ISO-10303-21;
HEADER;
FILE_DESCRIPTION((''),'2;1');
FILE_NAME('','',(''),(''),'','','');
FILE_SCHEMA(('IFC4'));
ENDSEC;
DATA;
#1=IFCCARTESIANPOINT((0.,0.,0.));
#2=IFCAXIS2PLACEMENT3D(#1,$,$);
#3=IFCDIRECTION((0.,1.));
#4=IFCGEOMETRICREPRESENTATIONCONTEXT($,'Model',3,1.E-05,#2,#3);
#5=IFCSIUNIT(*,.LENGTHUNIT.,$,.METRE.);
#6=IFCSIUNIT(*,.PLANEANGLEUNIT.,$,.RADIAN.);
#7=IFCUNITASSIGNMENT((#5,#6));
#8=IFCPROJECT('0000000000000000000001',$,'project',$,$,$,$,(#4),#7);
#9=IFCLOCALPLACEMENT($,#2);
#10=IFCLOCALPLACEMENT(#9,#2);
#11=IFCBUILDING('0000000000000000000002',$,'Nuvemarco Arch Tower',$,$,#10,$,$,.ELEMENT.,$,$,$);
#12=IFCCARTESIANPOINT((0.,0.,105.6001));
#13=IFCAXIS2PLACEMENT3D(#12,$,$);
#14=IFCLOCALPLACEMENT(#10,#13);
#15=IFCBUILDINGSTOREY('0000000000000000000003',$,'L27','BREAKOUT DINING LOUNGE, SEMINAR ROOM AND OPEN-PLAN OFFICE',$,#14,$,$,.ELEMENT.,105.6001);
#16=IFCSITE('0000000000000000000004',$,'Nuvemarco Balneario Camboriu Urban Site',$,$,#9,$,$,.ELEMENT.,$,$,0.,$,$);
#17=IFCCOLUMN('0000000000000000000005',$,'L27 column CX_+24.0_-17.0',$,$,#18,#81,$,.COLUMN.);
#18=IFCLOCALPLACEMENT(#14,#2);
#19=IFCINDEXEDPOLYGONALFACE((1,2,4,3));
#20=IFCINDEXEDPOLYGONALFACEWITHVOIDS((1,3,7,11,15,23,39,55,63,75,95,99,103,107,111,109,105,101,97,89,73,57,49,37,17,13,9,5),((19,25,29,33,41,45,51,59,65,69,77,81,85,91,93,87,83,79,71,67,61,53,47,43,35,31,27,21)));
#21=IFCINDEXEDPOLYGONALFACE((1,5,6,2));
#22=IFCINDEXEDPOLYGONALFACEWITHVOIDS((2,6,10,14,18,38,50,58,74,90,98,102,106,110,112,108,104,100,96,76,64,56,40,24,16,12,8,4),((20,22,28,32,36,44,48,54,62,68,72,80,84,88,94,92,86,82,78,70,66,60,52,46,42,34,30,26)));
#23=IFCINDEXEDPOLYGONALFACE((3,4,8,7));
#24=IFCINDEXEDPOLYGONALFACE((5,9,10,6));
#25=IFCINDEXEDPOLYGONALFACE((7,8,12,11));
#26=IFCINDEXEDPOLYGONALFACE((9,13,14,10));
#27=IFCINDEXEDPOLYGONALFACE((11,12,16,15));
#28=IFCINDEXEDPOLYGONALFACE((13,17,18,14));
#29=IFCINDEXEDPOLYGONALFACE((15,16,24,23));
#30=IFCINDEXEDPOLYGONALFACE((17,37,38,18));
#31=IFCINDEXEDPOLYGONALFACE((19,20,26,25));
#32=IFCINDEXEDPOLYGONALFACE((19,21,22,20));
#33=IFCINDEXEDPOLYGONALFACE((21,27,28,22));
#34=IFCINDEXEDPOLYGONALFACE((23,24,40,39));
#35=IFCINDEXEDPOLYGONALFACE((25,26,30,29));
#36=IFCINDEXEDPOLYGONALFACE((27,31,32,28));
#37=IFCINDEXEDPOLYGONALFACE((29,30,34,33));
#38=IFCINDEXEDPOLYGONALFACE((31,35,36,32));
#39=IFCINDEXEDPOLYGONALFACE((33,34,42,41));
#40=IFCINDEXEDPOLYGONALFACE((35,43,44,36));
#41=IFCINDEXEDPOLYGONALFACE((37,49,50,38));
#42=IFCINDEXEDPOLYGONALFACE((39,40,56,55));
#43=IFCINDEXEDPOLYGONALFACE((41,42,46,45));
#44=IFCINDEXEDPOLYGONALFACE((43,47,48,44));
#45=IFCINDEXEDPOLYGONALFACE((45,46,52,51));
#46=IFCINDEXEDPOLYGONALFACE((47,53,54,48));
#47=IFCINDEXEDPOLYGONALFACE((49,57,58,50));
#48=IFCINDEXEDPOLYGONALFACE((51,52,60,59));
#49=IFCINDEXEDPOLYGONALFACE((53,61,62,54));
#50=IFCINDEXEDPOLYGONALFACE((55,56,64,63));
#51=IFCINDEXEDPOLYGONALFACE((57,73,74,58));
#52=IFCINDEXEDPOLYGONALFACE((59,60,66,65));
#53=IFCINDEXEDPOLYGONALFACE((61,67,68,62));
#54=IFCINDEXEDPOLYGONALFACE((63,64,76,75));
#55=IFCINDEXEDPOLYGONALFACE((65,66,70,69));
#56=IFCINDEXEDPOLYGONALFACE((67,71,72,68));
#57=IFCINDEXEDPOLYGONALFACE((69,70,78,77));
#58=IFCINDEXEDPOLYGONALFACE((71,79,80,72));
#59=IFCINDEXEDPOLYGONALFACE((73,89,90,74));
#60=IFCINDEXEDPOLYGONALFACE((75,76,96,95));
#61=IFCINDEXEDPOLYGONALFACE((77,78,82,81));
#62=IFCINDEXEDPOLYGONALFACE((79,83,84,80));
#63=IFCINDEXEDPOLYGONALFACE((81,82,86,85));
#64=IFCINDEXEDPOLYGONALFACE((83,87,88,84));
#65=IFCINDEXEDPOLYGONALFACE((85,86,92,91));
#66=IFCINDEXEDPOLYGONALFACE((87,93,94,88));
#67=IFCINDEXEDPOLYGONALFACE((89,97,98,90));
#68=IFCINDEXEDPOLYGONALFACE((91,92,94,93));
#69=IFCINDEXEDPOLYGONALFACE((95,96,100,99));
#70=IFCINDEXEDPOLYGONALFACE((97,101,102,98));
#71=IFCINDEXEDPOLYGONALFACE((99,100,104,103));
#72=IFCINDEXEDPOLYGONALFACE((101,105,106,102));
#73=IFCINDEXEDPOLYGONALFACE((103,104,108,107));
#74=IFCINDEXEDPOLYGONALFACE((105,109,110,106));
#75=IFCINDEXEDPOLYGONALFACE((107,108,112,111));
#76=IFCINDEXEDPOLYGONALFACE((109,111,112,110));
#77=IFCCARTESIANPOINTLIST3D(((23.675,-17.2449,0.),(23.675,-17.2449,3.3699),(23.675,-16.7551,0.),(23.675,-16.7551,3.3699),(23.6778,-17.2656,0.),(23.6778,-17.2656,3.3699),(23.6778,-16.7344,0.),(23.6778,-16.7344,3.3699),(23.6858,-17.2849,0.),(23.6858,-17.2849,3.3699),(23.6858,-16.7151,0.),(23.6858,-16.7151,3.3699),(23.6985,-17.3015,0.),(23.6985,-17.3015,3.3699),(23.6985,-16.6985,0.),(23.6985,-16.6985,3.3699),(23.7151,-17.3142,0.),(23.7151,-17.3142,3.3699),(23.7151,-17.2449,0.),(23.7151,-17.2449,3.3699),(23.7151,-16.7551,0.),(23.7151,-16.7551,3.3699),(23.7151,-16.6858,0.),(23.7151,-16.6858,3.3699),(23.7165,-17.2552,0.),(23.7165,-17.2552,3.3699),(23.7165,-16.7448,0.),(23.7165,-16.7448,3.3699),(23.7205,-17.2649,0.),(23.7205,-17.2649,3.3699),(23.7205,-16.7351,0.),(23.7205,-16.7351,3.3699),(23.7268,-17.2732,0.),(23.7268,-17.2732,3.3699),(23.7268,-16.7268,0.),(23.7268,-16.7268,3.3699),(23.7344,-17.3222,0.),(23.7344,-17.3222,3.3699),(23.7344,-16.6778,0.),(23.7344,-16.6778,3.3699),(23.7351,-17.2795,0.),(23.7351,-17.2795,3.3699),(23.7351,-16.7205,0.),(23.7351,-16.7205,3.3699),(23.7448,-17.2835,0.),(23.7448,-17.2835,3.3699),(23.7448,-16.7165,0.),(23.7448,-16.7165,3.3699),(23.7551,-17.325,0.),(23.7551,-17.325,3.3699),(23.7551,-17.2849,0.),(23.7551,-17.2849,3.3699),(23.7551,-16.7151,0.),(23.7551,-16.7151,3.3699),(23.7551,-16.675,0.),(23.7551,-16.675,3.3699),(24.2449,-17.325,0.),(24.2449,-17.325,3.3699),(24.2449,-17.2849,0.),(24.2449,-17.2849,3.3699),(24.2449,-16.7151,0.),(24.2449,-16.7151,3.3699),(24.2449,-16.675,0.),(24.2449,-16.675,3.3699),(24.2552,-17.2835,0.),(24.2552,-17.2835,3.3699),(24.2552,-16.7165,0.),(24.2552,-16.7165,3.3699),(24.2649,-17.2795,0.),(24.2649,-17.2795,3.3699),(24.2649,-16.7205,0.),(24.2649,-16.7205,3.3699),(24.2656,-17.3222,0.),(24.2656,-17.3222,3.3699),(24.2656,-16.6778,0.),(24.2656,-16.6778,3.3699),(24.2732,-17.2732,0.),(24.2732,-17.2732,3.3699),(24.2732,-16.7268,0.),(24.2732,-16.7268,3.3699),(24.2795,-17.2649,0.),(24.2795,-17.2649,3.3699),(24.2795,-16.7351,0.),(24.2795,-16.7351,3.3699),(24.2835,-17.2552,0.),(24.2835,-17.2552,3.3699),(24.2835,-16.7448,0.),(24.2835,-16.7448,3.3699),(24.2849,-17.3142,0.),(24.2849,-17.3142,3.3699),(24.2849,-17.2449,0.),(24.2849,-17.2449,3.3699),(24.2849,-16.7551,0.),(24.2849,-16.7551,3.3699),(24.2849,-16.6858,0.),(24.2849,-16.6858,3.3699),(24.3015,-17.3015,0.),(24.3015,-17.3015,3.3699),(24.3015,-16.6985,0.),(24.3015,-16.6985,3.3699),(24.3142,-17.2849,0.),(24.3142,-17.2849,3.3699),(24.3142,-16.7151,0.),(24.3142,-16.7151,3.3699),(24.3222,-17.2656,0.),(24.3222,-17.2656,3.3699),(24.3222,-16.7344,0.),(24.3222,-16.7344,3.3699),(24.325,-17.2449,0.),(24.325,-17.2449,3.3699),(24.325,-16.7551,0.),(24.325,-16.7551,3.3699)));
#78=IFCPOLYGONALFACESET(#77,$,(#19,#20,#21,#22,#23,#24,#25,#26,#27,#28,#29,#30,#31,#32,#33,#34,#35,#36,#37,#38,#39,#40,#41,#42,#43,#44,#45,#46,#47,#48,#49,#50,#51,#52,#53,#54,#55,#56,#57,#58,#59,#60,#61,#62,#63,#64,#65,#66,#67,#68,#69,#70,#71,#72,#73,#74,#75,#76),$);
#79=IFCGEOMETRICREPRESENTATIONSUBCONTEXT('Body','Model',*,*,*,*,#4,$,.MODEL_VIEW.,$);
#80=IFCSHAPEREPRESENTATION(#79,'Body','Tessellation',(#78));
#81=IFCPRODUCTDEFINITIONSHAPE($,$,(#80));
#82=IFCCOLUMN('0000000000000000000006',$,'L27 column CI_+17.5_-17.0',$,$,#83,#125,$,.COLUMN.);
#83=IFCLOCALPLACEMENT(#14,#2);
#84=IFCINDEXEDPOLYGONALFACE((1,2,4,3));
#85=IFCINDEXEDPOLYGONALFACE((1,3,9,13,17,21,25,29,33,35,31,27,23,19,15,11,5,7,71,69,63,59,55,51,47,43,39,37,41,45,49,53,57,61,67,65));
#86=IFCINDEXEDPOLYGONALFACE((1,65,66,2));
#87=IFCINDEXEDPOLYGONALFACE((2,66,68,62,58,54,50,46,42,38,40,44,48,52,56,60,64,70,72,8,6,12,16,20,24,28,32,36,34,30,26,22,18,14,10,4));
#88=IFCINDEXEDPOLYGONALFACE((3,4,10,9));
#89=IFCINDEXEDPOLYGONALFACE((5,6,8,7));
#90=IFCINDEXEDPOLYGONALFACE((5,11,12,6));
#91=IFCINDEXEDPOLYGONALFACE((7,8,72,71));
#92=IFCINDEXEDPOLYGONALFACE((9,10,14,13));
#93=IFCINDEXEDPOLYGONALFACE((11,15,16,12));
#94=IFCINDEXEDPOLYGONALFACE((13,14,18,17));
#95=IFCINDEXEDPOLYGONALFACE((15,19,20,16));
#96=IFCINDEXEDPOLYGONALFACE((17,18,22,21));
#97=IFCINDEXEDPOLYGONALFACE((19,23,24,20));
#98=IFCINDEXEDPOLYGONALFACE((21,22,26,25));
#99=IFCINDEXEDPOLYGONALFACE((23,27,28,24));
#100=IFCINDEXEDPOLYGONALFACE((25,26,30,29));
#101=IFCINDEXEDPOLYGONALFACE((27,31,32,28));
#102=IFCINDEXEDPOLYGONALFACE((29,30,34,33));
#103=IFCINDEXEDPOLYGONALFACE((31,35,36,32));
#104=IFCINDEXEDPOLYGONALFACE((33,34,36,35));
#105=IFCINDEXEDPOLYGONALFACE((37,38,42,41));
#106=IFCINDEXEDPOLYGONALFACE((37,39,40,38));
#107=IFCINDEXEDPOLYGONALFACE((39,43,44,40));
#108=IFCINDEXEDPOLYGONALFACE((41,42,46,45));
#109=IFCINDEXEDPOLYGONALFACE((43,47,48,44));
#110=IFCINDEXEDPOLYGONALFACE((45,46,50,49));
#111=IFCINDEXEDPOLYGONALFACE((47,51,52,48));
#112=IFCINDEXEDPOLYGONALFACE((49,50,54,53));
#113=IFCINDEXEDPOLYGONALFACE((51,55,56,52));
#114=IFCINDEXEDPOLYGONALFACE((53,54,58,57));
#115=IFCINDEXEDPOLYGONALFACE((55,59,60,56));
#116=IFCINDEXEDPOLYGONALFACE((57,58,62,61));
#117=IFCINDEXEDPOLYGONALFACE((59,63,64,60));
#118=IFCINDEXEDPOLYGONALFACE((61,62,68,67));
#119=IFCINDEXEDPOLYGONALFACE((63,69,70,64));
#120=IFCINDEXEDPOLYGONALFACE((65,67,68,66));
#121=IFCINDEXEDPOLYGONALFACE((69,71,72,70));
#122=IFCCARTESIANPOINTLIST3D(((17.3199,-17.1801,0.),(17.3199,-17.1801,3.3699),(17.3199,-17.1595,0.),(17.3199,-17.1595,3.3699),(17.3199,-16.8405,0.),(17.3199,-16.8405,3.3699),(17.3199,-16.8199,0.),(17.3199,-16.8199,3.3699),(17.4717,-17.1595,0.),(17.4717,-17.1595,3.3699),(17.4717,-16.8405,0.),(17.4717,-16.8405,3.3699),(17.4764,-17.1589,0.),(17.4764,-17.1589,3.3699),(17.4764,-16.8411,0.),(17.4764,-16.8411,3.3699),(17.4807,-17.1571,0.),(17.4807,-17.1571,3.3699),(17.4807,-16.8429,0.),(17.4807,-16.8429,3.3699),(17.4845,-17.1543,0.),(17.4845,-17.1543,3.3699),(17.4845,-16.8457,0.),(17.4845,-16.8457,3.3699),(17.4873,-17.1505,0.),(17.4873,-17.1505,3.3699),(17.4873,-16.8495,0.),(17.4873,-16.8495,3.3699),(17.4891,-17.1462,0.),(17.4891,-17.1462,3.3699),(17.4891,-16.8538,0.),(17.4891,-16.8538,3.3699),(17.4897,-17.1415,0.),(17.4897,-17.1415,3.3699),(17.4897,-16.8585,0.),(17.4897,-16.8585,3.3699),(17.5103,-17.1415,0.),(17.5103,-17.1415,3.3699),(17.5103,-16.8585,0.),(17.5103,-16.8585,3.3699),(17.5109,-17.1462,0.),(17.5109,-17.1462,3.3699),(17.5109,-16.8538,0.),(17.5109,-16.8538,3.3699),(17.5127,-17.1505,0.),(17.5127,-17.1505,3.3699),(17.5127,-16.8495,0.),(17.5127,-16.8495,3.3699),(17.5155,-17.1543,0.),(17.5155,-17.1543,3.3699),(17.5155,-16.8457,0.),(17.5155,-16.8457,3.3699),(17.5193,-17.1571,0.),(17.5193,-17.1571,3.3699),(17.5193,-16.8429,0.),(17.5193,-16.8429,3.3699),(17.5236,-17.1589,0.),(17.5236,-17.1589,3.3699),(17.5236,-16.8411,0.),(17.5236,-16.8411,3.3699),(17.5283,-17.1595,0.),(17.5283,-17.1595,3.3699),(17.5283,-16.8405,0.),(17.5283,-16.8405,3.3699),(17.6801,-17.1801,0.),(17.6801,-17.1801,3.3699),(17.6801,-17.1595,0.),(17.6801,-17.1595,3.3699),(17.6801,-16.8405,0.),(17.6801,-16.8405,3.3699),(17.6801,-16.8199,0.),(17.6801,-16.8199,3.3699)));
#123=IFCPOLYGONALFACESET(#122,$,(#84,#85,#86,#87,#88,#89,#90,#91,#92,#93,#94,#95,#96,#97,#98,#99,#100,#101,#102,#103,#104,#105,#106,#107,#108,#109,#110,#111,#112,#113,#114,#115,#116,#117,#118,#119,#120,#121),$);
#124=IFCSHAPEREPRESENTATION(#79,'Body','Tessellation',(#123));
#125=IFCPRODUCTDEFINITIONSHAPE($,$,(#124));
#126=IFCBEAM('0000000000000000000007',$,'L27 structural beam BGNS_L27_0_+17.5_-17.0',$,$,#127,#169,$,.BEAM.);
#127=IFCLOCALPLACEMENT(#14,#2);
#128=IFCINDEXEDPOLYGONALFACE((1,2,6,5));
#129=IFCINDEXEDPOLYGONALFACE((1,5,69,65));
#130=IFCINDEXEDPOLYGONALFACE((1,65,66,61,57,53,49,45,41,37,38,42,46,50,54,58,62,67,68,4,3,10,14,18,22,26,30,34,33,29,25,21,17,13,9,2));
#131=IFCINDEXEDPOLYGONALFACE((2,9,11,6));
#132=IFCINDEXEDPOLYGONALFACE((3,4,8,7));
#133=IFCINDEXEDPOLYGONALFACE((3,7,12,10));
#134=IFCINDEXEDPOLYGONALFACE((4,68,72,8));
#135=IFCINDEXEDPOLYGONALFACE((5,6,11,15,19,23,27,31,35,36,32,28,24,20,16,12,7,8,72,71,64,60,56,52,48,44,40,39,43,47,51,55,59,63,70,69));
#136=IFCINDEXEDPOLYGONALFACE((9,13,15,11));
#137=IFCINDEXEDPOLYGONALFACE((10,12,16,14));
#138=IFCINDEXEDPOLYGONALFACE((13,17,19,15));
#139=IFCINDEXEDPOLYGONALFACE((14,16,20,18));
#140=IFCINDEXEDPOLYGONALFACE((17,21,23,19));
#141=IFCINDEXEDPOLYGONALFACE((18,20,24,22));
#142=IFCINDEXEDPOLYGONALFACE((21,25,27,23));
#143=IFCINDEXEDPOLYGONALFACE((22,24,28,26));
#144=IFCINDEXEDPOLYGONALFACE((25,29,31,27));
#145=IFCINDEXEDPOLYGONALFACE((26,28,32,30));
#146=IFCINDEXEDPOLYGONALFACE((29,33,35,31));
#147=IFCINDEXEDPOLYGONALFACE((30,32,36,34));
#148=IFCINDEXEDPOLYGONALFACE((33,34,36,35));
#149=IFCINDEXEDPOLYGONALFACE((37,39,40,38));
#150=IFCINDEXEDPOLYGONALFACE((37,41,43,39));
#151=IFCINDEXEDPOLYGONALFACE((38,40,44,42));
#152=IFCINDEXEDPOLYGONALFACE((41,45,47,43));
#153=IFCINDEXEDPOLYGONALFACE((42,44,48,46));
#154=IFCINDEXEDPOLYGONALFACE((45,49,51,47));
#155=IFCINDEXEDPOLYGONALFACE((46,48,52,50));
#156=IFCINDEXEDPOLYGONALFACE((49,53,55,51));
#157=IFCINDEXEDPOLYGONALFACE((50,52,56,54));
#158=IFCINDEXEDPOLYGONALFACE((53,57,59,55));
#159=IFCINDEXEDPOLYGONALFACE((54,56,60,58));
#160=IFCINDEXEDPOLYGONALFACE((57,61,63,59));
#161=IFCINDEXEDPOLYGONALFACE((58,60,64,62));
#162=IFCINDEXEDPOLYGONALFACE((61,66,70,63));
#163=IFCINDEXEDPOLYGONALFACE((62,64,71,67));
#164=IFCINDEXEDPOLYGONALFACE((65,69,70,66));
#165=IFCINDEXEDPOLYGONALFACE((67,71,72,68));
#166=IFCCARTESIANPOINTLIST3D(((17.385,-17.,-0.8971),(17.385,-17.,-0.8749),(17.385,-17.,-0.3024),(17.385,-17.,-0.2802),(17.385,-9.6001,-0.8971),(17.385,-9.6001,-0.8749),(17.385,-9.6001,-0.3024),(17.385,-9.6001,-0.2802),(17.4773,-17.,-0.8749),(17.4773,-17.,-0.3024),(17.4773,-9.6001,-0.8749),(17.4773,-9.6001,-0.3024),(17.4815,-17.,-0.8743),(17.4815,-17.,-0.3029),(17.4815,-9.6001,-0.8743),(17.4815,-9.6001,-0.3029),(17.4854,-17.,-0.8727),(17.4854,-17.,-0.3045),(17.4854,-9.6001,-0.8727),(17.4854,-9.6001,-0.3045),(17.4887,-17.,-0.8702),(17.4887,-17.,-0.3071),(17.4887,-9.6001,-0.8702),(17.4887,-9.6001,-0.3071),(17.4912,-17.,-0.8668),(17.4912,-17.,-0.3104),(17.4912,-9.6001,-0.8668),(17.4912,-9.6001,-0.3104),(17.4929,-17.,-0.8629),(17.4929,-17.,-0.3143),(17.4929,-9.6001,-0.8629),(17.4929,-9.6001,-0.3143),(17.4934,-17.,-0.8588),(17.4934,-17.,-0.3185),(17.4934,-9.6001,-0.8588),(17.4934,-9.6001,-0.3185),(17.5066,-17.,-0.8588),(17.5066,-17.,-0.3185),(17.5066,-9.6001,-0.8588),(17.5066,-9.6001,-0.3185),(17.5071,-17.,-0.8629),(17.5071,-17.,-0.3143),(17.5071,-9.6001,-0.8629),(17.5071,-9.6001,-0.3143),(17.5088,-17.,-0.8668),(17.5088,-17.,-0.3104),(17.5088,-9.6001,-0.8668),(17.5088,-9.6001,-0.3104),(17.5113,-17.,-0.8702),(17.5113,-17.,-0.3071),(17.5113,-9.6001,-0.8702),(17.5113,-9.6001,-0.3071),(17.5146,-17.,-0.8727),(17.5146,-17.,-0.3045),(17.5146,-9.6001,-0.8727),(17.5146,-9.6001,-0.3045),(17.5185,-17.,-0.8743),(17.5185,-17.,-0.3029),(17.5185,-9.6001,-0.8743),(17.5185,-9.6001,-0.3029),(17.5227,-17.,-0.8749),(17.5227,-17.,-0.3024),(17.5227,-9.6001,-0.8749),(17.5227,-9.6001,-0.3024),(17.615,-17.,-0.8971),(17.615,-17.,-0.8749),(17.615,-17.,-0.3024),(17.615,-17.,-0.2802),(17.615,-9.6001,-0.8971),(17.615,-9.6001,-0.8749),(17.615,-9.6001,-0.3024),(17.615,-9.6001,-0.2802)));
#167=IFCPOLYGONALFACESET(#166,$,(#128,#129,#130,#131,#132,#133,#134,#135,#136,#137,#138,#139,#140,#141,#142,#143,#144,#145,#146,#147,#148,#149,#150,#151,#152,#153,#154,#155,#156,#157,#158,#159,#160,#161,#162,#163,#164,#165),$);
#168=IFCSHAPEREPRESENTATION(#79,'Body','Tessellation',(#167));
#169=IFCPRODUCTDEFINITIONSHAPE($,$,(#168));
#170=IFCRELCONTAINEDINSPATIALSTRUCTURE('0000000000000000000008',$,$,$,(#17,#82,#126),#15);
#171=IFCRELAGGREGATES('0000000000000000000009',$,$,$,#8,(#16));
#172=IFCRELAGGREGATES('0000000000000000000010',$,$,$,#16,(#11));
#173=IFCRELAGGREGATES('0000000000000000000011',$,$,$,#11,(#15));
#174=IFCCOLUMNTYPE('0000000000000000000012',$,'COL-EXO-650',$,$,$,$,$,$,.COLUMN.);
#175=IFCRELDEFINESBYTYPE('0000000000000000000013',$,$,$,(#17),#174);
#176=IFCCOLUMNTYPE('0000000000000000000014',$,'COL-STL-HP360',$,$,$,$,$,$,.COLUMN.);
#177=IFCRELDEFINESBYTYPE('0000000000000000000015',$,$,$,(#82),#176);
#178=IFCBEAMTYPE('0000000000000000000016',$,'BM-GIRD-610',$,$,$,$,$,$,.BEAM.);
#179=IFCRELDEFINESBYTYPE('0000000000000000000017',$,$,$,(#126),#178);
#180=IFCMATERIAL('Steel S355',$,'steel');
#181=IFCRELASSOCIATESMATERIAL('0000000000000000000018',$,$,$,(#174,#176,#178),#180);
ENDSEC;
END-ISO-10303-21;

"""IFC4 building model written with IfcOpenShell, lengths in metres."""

from ifc_helpers import new_model, si_unit, direction, frame, origin, origin_2d, place, context, subcontext, project, spatial, hollow_rectangle, i_section, extrude, material, material_profile, profile_set, type_object, element, save


model = new_model("IFC4")

# Units and contexts
model_context = context("Model", 3, precision=1e-05, world=origin(), true_north=direction((0.0, 1.0)))
body_context = subcontext(model_context, "Body", "Model", "MODEL_VIEW")
ifc_project = project(units=[si_unit("LENGTHUNIT", "METRE"), si_unit("PLANEANGLEUNIT", "RADIAN")], contexts=[model_context])

# Site, building, storey
site_placement = place(None, origin())
site = spatial("IfcSite", under=ifc_project, at=site_placement, Name="Nuvemarco Balneario Camboriu Urban Site", CompositionType="ELEMENT", RefElevation=0.0)
building_placement = place(site_placement, origin())
building = spatial("IfcBuilding", under=site, at=building_placement, Name="Nuvemarco Arch Tower", CompositionType="ELEMENT")
storey_placement = place(building_placement, frame((0.0, 0.0, 105.6001)))
storey = spatial("IfcBuildingStorey", under=building, at=storey_placement, Name="L27", Description="BREAKOUT DINING LOUNGE, SEMINAR ROOM AND OPEN-PLAN OFFICE", CompositionType="ELEMENT", Elevation=105.6001)

# Columns
ifc_material_1 = material(Name="Steel S355", Category="steel")
ifc_material_profile_1 = material_profile(ifc_material_1, hollow_rectangle(XDim=0.6499, YDim=0.6499, WallThickness=0.04, InnerFilletRadius=0.04, OuterFilletRadius=0.0801, at=origin_2d()), Name="SHS650x650x40")
ifc_profile_set_1 = profile_set([ifc_material_profile_1], Name="Steel S355")
column_type_1 = type_object("IfcColumnType", Name="COL-EXO-650", PredefinedType="COLUMN", material=ifc_profile_set_1)
column_1_placement = place(storey_placement, frame((24.0, -17.0, 0.0), z_axis=(0.0, 0.0, 1.0), x_axis=(1.0, 0.0, 0.0)))
element("IfcColumn", 1, at=column_1_placement, inside=storey, type_object=column_type_1, Name="L27 column CX_+24.0_-17.0", PredefinedType="COLUMN", context=body_context, shape_type="SweptSolid", body=[
    extrude(hollow_rectangle(XDim=0.6499, YDim=0.6499, WallThickness=0.04, InnerFilletRadius=0.04, OuterFilletRadius=0.0801, at=origin_2d()), origin(), (0.0, 0.0, 1.0), 3.3699),
])
ifc_material_profile_2 = material_profile(ifc_material_1, i_section(OverallWidth=0.3601, OverallDepth=0.3601, WebThickness=0.0205, FlangeThickness=0.0205, FilletRadius=0.0181, at=origin_2d()), Name="HP360x174")
ifc_profile_set_2 = profile_set([ifc_material_profile_2], Name="Steel S355")
column_type_2 = type_object("IfcColumnType", Name="COL-STL-HP360", PredefinedType="COLUMN", material=ifc_profile_set_2)
column_2_placement = place(storey_placement, frame((17.5, -17.0, 0.0), z_axis=(0.0, 0.0, 1.0), x_axis=(1.0, 0.0, 0.0)))
element("IfcColumn", 2, at=column_2_placement, inside=storey, type_object=column_type_2, Name="L27 column CI_+17.5_-17.0", PredefinedType="COLUMN", context=body_context, shape_type="SweptSolid", body=[
    extrude(i_section(OverallWidth=0.3601, OverallDepth=0.3601, WebThickness=0.0205, FlangeThickness=0.0205, FilletRadius=0.0181, at=origin_2d()), origin(), (0.0, 0.0, 1.0), 3.3699),
])

# Beam
ifc_material_profile_3 = material_profile(ifc_material_1, i_section(OverallWidth=0.23, OverallDepth=0.6169, WebThickness=0.0132, FlangeThickness=0.0222, FilletRadius=0.0161, at=origin_2d()), Name="W610x140")
ifc_profile_set_3 = profile_set([ifc_material_profile_3], Name="Steel S355")
beam_type_1 = type_object("IfcBeamType", Name="BM-GIRD-610", PredefinedType="BEAM", material=ifc_profile_set_3)
beam_1_placement = place(storey_placement, frame((17.5, -17.0, -0.5886), z_axis=(0.0, 1.0, 0.0), x_axis=(-1.0, 0.0, 0.0)))
element("IfcBeam", 3, at=beam_1_placement, inside=storey, type_object=beam_type_1, Name="L27 structural beam BGNS_L27_0_+17.5_-17.0", PredefinedType="BEAM", context=body_context, shape_type="SweptSolid", body=[
    extrude(i_section(OverallWidth=0.23, OverallDepth=0.6169, WebThickness=0.0132, FlangeThickness=0.0222, FilletRadius=0.0161, at=origin_2d()), origin(), (0.0, 0.0, 1.0), 7.3999),
])

save(model, "model.ifc")
